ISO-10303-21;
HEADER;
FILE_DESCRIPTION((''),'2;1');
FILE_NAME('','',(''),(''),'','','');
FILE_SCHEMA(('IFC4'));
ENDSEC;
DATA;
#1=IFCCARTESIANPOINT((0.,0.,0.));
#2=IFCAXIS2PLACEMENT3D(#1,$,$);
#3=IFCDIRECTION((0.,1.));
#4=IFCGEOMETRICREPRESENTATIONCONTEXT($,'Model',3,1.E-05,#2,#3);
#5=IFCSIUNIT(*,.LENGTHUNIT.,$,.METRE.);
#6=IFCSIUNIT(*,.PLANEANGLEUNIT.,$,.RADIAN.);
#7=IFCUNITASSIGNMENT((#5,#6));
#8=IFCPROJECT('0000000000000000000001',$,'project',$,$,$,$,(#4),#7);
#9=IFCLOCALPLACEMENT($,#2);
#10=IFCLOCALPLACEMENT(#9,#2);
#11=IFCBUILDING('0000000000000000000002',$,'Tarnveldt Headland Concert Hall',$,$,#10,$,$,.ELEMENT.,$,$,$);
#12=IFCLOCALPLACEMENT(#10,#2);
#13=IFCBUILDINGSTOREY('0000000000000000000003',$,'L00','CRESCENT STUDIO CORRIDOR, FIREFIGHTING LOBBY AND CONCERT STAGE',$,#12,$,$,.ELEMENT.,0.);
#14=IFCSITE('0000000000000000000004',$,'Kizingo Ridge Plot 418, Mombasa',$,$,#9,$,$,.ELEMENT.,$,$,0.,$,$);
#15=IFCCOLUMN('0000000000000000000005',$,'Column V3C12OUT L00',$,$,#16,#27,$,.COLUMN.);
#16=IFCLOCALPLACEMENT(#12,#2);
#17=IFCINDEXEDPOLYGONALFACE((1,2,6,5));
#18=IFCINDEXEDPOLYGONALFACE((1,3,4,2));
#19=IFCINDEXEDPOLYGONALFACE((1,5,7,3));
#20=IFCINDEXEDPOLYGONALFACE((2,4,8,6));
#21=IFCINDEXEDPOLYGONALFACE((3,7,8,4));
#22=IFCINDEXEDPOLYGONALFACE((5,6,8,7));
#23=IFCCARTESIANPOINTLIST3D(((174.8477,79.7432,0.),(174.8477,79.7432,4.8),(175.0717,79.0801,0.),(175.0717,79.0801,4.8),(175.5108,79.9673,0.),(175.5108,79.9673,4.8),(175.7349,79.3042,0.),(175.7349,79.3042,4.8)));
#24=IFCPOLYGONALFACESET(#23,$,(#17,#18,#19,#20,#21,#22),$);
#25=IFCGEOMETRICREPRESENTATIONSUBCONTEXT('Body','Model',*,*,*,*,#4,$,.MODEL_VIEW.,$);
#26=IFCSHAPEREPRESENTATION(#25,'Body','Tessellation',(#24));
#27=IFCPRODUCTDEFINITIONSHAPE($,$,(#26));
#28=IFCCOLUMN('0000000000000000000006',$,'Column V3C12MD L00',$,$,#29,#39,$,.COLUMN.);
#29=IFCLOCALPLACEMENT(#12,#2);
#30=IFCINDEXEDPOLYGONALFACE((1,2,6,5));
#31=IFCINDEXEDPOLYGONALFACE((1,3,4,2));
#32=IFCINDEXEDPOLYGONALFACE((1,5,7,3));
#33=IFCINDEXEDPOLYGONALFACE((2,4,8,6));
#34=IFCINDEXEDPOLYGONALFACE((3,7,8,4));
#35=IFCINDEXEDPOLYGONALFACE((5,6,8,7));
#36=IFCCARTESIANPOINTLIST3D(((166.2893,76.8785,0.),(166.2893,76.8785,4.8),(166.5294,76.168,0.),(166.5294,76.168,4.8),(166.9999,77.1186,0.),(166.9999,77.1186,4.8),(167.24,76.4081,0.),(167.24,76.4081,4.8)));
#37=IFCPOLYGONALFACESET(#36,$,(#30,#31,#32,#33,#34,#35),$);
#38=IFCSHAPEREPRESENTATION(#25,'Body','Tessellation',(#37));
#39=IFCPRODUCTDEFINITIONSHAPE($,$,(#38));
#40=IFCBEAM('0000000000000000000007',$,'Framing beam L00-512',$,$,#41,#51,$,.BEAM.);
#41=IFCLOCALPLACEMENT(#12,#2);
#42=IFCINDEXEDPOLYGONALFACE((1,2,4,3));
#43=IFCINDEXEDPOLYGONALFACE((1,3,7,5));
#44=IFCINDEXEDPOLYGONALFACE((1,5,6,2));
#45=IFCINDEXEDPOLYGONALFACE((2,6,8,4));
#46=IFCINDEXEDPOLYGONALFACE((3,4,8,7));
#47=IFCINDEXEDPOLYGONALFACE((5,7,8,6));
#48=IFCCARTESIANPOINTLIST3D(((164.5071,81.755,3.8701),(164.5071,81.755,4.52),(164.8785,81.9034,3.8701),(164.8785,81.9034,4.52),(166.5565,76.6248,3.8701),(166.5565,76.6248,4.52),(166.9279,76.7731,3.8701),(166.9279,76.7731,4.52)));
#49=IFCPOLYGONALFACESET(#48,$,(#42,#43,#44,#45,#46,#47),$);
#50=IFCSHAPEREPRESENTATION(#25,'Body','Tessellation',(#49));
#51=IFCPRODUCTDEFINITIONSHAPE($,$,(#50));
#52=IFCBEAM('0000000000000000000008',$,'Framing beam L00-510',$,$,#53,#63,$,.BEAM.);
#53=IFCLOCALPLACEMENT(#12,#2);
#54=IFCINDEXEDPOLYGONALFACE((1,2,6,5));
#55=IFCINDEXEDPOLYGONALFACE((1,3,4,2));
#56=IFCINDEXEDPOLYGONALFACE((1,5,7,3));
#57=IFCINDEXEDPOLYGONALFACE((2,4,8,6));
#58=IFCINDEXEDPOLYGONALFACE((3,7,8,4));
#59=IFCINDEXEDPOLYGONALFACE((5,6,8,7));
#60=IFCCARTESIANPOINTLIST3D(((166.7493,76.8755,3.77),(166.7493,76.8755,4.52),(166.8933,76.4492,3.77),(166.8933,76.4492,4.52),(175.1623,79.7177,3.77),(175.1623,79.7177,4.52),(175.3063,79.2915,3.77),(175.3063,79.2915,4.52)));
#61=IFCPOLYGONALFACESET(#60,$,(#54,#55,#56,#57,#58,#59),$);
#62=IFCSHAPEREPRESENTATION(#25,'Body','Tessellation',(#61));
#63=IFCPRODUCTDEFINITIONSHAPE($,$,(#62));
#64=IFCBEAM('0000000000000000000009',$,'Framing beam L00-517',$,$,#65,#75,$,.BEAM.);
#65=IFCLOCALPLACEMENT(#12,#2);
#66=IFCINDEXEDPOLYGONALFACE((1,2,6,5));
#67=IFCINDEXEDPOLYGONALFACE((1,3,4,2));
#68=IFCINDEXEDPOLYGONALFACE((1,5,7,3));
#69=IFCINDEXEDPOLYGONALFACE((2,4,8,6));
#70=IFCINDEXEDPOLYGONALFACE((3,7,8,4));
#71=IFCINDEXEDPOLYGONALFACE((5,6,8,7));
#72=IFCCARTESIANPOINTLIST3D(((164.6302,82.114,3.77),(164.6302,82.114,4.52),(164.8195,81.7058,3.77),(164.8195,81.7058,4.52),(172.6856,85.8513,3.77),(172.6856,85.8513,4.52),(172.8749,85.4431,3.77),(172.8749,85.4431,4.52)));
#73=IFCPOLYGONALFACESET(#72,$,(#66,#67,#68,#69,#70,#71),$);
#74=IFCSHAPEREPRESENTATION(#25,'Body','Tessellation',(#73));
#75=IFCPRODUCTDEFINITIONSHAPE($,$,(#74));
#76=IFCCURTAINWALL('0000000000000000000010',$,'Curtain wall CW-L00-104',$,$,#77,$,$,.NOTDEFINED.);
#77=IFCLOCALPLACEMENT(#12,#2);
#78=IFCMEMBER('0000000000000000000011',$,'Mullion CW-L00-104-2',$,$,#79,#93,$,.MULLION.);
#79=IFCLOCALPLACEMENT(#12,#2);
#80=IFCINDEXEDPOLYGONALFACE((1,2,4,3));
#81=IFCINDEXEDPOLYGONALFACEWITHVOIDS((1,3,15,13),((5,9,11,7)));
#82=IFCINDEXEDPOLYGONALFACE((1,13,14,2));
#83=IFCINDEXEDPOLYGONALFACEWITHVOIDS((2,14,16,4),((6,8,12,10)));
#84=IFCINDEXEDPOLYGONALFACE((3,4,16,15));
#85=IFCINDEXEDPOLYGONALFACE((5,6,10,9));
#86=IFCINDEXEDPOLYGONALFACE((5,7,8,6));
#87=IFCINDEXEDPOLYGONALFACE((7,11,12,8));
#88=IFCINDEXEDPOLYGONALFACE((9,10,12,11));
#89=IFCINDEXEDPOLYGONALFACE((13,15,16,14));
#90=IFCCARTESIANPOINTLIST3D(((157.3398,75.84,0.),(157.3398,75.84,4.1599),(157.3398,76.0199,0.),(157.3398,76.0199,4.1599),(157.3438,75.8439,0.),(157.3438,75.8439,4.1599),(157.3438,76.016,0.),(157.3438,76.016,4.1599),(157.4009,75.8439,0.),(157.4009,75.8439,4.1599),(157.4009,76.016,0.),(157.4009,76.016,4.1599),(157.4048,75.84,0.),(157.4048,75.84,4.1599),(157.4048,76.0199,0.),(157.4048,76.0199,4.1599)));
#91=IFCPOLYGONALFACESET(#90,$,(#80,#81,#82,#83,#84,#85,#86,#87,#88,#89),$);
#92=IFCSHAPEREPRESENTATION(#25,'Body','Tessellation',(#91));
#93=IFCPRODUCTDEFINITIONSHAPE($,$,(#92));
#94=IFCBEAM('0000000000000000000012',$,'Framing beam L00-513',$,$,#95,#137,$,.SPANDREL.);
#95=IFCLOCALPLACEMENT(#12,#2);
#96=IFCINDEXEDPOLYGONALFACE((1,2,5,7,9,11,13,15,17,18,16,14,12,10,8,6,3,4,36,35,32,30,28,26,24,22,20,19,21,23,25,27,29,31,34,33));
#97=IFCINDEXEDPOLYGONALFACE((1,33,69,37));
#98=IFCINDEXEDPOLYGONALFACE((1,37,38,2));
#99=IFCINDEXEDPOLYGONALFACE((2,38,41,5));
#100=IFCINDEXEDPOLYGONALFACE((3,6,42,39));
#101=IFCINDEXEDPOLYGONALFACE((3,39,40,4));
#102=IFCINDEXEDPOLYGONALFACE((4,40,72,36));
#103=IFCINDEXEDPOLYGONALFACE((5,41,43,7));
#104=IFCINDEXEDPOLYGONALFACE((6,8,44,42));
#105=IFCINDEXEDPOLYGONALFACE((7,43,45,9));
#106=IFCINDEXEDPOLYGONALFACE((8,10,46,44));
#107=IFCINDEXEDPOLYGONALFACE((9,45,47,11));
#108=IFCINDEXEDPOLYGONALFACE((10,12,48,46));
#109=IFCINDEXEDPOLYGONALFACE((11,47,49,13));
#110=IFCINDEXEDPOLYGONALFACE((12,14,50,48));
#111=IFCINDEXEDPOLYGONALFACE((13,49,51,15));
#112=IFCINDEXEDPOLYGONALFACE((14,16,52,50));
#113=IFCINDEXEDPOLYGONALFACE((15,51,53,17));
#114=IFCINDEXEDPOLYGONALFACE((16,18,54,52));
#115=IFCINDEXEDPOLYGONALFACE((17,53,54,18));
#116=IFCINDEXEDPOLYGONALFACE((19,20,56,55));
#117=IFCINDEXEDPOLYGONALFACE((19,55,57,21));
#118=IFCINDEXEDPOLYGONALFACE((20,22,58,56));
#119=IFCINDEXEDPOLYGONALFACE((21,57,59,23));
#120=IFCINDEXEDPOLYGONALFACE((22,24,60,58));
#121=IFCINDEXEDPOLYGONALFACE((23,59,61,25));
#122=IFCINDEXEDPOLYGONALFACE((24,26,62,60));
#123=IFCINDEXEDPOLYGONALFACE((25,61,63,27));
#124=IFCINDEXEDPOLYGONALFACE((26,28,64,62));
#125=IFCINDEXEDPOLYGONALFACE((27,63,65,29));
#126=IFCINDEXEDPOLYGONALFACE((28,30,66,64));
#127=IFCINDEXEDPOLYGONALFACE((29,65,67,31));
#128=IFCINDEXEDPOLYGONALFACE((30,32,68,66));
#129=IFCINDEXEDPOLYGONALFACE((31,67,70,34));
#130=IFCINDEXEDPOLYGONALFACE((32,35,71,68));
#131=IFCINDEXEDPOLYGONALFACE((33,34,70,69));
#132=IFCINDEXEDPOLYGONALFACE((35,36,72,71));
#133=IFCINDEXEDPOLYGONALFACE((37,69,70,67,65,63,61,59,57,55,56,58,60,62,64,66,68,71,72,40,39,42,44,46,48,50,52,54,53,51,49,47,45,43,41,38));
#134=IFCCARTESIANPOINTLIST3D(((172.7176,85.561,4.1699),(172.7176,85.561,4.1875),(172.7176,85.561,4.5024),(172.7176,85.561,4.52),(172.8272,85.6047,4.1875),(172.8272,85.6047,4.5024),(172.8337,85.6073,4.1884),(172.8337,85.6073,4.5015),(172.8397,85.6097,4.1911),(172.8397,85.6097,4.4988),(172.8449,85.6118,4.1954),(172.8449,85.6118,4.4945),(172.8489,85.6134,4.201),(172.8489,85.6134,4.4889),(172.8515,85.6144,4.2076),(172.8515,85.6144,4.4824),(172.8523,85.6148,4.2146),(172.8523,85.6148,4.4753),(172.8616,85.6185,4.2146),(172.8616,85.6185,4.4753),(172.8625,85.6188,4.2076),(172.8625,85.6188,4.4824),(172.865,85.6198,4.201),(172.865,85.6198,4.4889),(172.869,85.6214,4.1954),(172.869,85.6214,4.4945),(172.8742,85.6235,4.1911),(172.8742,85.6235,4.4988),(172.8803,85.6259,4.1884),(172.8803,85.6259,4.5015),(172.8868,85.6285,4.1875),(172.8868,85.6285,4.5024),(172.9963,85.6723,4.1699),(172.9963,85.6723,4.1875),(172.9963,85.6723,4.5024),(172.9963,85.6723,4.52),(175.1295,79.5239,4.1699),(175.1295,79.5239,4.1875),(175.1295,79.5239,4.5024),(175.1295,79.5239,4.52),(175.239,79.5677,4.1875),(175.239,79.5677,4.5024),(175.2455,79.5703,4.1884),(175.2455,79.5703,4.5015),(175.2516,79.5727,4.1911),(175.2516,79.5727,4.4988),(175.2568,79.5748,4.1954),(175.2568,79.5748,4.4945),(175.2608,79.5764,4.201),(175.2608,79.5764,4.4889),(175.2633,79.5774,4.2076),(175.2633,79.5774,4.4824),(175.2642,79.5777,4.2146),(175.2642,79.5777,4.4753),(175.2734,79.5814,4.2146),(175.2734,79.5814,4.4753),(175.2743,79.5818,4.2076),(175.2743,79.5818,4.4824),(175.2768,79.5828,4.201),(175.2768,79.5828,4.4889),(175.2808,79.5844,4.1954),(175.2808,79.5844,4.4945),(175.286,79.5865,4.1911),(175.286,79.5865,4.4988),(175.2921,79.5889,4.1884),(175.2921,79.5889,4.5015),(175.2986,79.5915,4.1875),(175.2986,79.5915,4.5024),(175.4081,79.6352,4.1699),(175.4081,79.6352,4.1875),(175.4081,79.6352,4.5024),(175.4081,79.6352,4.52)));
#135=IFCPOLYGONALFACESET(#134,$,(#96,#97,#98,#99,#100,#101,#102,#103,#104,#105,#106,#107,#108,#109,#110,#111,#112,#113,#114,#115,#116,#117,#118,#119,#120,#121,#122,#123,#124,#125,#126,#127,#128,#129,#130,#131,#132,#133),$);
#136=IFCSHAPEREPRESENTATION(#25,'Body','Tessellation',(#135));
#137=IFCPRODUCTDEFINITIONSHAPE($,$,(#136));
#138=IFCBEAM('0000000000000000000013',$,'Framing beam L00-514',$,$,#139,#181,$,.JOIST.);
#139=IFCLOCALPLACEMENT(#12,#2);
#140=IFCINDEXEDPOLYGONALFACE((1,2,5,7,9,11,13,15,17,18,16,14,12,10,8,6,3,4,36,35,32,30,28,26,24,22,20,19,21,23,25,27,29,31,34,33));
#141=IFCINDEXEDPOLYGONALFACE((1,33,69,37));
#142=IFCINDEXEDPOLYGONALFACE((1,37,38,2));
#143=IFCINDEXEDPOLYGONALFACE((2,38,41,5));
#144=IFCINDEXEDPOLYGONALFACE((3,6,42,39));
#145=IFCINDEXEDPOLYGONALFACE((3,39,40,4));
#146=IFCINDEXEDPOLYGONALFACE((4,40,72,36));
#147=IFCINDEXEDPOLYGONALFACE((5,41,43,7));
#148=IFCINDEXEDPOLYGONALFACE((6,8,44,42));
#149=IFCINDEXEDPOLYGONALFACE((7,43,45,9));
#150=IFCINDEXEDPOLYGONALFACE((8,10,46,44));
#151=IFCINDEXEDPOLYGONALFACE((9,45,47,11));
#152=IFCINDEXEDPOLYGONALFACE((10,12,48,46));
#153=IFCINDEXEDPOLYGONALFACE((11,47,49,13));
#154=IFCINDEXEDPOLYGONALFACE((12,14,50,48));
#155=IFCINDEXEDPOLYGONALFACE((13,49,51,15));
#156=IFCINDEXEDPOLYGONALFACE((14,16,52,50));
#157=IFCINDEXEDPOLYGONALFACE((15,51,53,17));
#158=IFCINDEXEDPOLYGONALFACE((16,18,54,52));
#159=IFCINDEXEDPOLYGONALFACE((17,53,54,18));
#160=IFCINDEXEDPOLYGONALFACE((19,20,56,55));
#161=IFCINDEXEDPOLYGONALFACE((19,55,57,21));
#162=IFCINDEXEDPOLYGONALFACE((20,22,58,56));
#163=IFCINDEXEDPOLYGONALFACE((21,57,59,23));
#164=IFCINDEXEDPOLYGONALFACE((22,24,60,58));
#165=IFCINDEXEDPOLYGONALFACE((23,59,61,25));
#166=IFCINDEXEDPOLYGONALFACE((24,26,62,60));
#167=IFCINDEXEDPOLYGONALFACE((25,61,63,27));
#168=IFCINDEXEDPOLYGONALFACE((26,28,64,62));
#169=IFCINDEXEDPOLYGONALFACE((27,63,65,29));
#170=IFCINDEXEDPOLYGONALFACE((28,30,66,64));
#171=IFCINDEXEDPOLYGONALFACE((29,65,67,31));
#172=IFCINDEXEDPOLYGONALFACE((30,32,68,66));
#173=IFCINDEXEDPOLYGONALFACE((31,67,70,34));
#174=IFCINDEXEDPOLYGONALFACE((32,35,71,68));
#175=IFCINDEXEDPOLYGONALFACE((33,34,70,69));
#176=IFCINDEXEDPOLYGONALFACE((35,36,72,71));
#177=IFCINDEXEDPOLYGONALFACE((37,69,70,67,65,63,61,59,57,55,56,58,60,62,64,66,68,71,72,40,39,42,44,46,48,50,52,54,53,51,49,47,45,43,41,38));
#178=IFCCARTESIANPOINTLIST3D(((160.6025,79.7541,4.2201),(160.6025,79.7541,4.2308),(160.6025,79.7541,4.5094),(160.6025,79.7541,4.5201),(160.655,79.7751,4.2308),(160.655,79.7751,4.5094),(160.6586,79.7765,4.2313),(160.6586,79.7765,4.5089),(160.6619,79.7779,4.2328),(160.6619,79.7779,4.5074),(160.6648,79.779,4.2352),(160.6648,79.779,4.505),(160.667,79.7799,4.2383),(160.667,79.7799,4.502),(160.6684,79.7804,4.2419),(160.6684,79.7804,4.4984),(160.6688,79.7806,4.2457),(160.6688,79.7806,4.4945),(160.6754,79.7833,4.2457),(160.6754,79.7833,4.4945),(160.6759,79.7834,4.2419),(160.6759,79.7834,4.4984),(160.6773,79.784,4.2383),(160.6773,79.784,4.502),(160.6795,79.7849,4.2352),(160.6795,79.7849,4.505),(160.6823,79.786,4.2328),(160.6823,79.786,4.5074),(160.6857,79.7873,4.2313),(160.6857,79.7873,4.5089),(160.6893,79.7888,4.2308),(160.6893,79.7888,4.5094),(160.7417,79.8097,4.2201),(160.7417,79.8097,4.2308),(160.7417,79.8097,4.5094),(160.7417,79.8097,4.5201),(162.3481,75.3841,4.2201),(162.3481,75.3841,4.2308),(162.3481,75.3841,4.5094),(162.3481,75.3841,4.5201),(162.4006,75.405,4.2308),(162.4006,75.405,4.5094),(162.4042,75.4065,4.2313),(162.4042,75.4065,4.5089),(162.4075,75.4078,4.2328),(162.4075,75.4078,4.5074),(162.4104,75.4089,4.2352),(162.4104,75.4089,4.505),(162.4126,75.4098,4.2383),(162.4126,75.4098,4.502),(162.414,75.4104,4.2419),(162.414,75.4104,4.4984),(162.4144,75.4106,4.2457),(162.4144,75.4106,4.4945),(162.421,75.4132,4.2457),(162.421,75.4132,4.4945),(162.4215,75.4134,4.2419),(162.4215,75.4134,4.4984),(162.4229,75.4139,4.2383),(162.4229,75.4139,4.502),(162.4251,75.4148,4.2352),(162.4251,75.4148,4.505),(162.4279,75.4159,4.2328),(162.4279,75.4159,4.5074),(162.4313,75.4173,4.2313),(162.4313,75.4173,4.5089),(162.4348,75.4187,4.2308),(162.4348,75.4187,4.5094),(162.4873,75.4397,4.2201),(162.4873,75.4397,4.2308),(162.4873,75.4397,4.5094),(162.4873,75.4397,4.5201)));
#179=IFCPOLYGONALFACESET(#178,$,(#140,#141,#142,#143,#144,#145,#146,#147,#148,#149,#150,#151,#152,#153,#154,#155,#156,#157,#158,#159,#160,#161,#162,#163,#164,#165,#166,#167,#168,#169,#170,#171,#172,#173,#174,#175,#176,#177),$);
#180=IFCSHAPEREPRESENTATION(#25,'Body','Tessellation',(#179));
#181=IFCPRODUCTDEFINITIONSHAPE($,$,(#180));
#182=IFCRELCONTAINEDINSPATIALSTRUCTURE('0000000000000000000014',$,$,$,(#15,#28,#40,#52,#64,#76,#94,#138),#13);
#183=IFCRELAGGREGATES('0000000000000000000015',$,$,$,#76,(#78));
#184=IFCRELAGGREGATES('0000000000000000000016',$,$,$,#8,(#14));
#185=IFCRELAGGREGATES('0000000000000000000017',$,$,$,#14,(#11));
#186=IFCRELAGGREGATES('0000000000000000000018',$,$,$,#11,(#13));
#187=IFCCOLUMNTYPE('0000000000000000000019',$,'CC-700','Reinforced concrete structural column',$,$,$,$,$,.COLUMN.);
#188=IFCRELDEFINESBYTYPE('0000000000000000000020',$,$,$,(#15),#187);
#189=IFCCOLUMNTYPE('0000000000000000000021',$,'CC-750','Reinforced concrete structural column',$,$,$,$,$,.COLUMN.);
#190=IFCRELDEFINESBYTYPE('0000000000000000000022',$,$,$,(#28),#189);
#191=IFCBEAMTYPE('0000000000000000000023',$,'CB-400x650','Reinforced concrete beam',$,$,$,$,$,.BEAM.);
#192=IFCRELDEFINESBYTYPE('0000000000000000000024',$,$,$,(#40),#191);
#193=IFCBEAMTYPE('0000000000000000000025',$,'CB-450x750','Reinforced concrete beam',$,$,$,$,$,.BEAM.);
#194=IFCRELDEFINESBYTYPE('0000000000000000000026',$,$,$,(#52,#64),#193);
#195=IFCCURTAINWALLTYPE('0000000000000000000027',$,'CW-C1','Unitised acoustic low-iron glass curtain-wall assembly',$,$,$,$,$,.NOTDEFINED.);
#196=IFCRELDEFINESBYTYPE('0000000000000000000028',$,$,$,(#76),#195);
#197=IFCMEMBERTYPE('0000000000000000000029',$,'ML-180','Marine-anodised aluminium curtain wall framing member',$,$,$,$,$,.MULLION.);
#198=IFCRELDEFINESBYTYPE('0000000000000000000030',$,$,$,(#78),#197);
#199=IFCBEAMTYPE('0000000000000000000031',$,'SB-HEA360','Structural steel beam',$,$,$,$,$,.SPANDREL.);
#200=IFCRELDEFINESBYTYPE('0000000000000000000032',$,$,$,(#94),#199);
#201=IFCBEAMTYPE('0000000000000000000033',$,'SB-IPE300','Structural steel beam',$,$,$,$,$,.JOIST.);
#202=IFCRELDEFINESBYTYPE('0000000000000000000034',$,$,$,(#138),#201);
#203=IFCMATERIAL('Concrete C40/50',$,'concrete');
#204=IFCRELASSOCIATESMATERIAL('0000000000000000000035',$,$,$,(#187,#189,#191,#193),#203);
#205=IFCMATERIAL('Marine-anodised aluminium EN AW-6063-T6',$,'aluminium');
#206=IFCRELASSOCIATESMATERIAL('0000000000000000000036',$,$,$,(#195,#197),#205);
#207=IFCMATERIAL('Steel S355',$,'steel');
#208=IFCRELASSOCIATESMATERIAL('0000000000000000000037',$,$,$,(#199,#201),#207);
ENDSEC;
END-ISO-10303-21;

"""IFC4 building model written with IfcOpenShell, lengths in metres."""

from ifc_helpers import new_model, si_unit, direction, frame, origin, origin_2d, place, context, subcontext, project, spatial, rectangle, hollow_rectangle, i_section, extrude, material, material_profile, profile_set, type_object, element, aggregate, save


model = new_model("IFC4")

# Units and contexts
model_context = context("Model", 3, precision=1e-05, world=origin(), true_north=direction((0.0, 1.0)))
body_context = subcontext(model_context, "Body", "Model", "MODEL_VIEW")
ifc_project = project(units=[si_unit("LENGTHUNIT", "METRE"), si_unit("PLANEANGLEUNIT", "RADIAN")], contexts=[model_context])

# Site, building, storey
site_placement = place(None, origin())
site = spatial("IfcSite", under=ifc_project, at=site_placement, Name="Kizingo Ridge Plot 418, Mombasa", CompositionType="ELEMENT", RefElevation=0.0)
building_placement = place(site_placement, origin())
building = spatial("IfcBuilding", under=site, at=building_placement, Name="Tarnveldt Headland Concert Hall", CompositionType="ELEMENT")
storey_placement = place(building_placement, origin())
storey = spatial("IfcBuildingStorey", under=building, at=storey_placement, Name="L00", Description="CRESCENT STUDIO CORRIDOR, FIREFIGHTING LOBBY AND CONCERT STAGE", CompositionType="ELEMENT", Elevation=0.0)

# Columns
ifc_material_1 = material(Name="Concrete C40/50", Category="concrete")
ifc_material_profile_1 = material_profile(ifc_material_1, rectangle(XDim=0.7, YDim=0.7, at=origin_2d()), Name="RC 700x700", Category="concrete")
ifc_profile_set_1 = profile_set([ifc_material_profile_1], Name="Concrete C40/50")
column_type_1 = type_object("IfcColumnType", Name="CC-700", Description="Reinforced concrete structural column", PredefinedType="COLUMN", material=ifc_profile_set_1)
column_1_placement = place(storey_placement, frame((175.2913, 79.5237, 0.0), z_axis=(0.0, 0.0, 1.0), x_axis=(0.947378, 0.320117, 0.0)))
element("IfcColumn", 1, at=column_1_placement, inside=storey, type_object=column_type_1, Name="Column V3C12OUT L00", PredefinedType="COLUMN", context=body_context, shape_type="SweptSolid", body=[
    extrude(rectangle(XDim=0.7, YDim=0.7, at=origin_2d()), origin(), (0.0, 0.0, 1.0), 4.8),
])
ifc_material_profile_2 = material_profile(ifc_material_1, rectangle(XDim=0.75, YDim=0.75, at=origin_2d()), Name="RC 750x750", Category="concrete")
ifc_profile_set_2 = profile_set([ifc_material_profile_2], Name="Concrete C40/50")
column_type_2 = type_object("IfcColumnType", Name="CC-750", Description="Reinforced concrete structural column", PredefinedType="COLUMN", material=ifc_profile_set_2)
column_2_placement = place(storey_placement, frame((166.7646, 76.6433, 0.0), z_axis=(0.0, 0.0, 1.0), x_axis=(0.947378, 0.320117, 0.0)))
element("IfcColumn", 2, at=column_2_placement, inside=storey, type_object=column_type_2, Name="Column V3C12MD L00", PredefinedType="COLUMN", context=body_context, shape_type="SweptSolid", body=[
    extrude(rectangle(XDim=0.75, YDim=0.75, at=origin_2d()), origin(), (0.0, 0.0, 1.0), 4.8),
])

# Beams
ifc_material_profile_3 = material_profile(ifc_material_1, rectangle(XDim=0.3999, YDim=0.6499, at=origin_2d()), Name="RC 400x650", Category="concrete")
ifc_profile_set_3 = profile_set([ifc_material_profile_3], Name="Concrete C40/50")
beam_type_1 = type_object("IfcBeamType", Name="CB-400x650", Description="Reinforced concrete beam", PredefinedType="BEAM", material=ifc_profile_set_3)
beam_1_placement = place(storey_placement, frame((166.7422, 76.699, 4.1951), z_axis=(-0.370964, 0.928647, 0.0), x_axis=(-0.928647, -0.370964, 0.0)))
element("IfcBeam", 3, at=beam_1_placement, inside=storey, type_object=beam_type_1, Name="Framing beam L00-512", PredefinedType="BEAM", context=body_context, shape_type="SweptSolid", body=[
    extrude(rectangle(XDim=0.3999, YDim=0.6499, at=origin_2d()), origin(), (0.0, 0.0, 1.0), 5.5244),
])
ifc_material_profile_4 = material_profile(ifc_material_1, rectangle(XDim=0.45, YDim=0.75, at=origin_2d()), Name="RC 450x750", Category="concrete")
ifc_profile_set_4 = profile_set([ifc_material_profile_4], Name="Concrete C40/50")
beam_type_2 = type_object("IfcBeamType", Name="CB-450x750", Description="Reinforced concrete beam", PredefinedType="BEAM", material=ifc_profile_set_4)
for number, where, z_axis, x_axis, name in (
    (4, (166.8213, 76.6624, 4.145), (0.947394, 0.320069, 0.0), (-0.320069, 0.947394, 0.0), "Framing beam L00-510"),
    (5, (164.7249, 81.9099, 4.145), (0.907126, 0.42086, 0.0), (-0.42086, 0.907126, 0.0), "Framing beam L00-517"),
):
    element("IfcBeam", number, at=place(storey_placement, frame(where, z_axis=z_axis, x_axis=x_axis)), inside=storey, type_object=beam_type_2, Name=name, PredefinedType="BEAM", context=body_context, shape_type="SweptSolid", body=[
        extrude(rectangle(XDim=0.45, YDim=0.75, at=origin_2d()), origin(), (0.0, 0.0, 1.0), 8.8801),
    ])

# Curtain wall, member
ifc_material_2 = material(Name="Marine-anodised aluminium EN AW-6063-T6", Category="aluminium")
curtain_wall_type = type_object("IfcCurtainWallType", Name="CW-C1", Description="Unitised acoustic low-iron glass curtain-wall assembly", PredefinedType="NOTDEFINED", material=ifc_material_2)
curtain_wall_placement = place(storey_placement, origin())
curtain_wall = element("IfcCurtainWall", 6, at=curtain_wall_placement, inside=storey, type_object=curtain_wall_type, Name="Curtain wall CW-L00-104", PredefinedType="NOTDEFINED")
ifc_material_profile_5 = material_profile(ifc_material_2, hollow_rectangle(XDim=0.0649, YDim=0.1799, WallThickness=0.0039, at=origin_2d()), Name="ALU MULLION 65x180x4", Category="aluminium")
ifc_profile_set_5 = profile_set([ifc_material_profile_5], Name="Marine-anodised aluminium EN AW-6063-T6")
member_type_1 = type_object("IfcMemberType", Name="ML-180", Description="Marine-anodised aluminium curtain wall framing member", PredefinedType="MULLION", material=ifc_profile_set_5)
member_1_placement = place(storey_placement, frame((157.3723, 75.9299, 0.0), z_axis=(0.0, 0.0, 1.0), x_axis=(1.0, 0.0, 0.0)))
member_1 = element("IfcMember", 7, at=member_1_placement, type_object=member_type_1, Name="Mullion CW-L00-104-2", PredefinedType="MULLION", context=body_context, shape_type="SweptSolid", body=[
    extrude(hollow_rectangle(XDim=0.0649, YDim=0.1799, WallThickness=0.0039, at=origin_2d()), origin(), (0.0, 0.0, 1.0), 4.1599),
])

# Beams
ifc_material_3 = material(Name="Steel S355", Category="steel")
ifc_material_profile_6 = material_profile(ifc_material_3, i_section(OverallWidth=0.3, OverallDepth=0.3501, WebThickness=0.01, FlangeThickness=0.0176, FilletRadius=0.0271, at=origin_2d()), Name="HEA360", Category="steel")
ifc_profile_set_6 = profile_set([ifc_material_profile_6], Name="Steel S355")
beam_type_3 = type_object("IfcBeamType", Name="SB-HEA360", Description="Structural steel beam", PredefinedType="SPANDREL", material=ifc_profile_set_6)
beam_2_placement = place(storey_placement, frame((175.2688, 79.5796, 4.345), z_axis=(-0.370996, 0.928635, 0.0), x_axis=(-0.928635, -0.370996, 0.0)))
element("IfcBeam", 8, at=beam_2_placement, inside=storey, type_object=beam_type_3, Name="Framing beam L00-513", PredefinedType="SPANDREL", context=body_context, shape_type="SweptSolid", body=[
    extrude(i_section(OverallWidth=0.3, OverallDepth=0.3501, WebThickness=0.01, FlangeThickness=0.0176, FilletRadius=0.0271, at=origin_2d()), origin(), (0.0, 0.0, 1.0), 6.501),
])
ifc_material_profile_7 = material_profile(ifc_material_3, i_section(OverallWidth=0.1499, OverallDepth=0.3, WebThickness=0.0071, FlangeThickness=0.0107, FilletRadius=0.0149, at=origin_2d()), Name="IPE300", Category="steel")
ifc_profile_set_7 = profile_set([ifc_material_profile_7], Name="Steel S355")
beam_type_4 = type_object("IfcBeamType", Name="SB-IPE300", Description="Structural steel beam", PredefinedType="JOIST", material=ifc_profile_set_7)
beam_3_placement = place(storey_placement, frame((162.4177, 75.4119, 4.3701), z_axis=(-0.370943, 0.928655, 0.0), x_axis=(-0.928655, -0.370943, 0.0)))
element("IfcBeam", 9, at=beam_3_placement, inside=storey, type_object=beam_type_4, Name="Framing beam L00-514", PredefinedType="JOIST", context=body_context, shape_type="SweptSolid", body=[
    extrude(i_section(OverallWidth=0.1499, OverallDepth=0.3, WebThickness=0.0071, FlangeThickness=0.0107, FilletRadius=0.0149, at=origin_2d()), origin(), (0.0, 0.0, 1.0), 4.7058),
])

aggregate(curtain_wall, [member_1])

save(model, "model.ifc")
